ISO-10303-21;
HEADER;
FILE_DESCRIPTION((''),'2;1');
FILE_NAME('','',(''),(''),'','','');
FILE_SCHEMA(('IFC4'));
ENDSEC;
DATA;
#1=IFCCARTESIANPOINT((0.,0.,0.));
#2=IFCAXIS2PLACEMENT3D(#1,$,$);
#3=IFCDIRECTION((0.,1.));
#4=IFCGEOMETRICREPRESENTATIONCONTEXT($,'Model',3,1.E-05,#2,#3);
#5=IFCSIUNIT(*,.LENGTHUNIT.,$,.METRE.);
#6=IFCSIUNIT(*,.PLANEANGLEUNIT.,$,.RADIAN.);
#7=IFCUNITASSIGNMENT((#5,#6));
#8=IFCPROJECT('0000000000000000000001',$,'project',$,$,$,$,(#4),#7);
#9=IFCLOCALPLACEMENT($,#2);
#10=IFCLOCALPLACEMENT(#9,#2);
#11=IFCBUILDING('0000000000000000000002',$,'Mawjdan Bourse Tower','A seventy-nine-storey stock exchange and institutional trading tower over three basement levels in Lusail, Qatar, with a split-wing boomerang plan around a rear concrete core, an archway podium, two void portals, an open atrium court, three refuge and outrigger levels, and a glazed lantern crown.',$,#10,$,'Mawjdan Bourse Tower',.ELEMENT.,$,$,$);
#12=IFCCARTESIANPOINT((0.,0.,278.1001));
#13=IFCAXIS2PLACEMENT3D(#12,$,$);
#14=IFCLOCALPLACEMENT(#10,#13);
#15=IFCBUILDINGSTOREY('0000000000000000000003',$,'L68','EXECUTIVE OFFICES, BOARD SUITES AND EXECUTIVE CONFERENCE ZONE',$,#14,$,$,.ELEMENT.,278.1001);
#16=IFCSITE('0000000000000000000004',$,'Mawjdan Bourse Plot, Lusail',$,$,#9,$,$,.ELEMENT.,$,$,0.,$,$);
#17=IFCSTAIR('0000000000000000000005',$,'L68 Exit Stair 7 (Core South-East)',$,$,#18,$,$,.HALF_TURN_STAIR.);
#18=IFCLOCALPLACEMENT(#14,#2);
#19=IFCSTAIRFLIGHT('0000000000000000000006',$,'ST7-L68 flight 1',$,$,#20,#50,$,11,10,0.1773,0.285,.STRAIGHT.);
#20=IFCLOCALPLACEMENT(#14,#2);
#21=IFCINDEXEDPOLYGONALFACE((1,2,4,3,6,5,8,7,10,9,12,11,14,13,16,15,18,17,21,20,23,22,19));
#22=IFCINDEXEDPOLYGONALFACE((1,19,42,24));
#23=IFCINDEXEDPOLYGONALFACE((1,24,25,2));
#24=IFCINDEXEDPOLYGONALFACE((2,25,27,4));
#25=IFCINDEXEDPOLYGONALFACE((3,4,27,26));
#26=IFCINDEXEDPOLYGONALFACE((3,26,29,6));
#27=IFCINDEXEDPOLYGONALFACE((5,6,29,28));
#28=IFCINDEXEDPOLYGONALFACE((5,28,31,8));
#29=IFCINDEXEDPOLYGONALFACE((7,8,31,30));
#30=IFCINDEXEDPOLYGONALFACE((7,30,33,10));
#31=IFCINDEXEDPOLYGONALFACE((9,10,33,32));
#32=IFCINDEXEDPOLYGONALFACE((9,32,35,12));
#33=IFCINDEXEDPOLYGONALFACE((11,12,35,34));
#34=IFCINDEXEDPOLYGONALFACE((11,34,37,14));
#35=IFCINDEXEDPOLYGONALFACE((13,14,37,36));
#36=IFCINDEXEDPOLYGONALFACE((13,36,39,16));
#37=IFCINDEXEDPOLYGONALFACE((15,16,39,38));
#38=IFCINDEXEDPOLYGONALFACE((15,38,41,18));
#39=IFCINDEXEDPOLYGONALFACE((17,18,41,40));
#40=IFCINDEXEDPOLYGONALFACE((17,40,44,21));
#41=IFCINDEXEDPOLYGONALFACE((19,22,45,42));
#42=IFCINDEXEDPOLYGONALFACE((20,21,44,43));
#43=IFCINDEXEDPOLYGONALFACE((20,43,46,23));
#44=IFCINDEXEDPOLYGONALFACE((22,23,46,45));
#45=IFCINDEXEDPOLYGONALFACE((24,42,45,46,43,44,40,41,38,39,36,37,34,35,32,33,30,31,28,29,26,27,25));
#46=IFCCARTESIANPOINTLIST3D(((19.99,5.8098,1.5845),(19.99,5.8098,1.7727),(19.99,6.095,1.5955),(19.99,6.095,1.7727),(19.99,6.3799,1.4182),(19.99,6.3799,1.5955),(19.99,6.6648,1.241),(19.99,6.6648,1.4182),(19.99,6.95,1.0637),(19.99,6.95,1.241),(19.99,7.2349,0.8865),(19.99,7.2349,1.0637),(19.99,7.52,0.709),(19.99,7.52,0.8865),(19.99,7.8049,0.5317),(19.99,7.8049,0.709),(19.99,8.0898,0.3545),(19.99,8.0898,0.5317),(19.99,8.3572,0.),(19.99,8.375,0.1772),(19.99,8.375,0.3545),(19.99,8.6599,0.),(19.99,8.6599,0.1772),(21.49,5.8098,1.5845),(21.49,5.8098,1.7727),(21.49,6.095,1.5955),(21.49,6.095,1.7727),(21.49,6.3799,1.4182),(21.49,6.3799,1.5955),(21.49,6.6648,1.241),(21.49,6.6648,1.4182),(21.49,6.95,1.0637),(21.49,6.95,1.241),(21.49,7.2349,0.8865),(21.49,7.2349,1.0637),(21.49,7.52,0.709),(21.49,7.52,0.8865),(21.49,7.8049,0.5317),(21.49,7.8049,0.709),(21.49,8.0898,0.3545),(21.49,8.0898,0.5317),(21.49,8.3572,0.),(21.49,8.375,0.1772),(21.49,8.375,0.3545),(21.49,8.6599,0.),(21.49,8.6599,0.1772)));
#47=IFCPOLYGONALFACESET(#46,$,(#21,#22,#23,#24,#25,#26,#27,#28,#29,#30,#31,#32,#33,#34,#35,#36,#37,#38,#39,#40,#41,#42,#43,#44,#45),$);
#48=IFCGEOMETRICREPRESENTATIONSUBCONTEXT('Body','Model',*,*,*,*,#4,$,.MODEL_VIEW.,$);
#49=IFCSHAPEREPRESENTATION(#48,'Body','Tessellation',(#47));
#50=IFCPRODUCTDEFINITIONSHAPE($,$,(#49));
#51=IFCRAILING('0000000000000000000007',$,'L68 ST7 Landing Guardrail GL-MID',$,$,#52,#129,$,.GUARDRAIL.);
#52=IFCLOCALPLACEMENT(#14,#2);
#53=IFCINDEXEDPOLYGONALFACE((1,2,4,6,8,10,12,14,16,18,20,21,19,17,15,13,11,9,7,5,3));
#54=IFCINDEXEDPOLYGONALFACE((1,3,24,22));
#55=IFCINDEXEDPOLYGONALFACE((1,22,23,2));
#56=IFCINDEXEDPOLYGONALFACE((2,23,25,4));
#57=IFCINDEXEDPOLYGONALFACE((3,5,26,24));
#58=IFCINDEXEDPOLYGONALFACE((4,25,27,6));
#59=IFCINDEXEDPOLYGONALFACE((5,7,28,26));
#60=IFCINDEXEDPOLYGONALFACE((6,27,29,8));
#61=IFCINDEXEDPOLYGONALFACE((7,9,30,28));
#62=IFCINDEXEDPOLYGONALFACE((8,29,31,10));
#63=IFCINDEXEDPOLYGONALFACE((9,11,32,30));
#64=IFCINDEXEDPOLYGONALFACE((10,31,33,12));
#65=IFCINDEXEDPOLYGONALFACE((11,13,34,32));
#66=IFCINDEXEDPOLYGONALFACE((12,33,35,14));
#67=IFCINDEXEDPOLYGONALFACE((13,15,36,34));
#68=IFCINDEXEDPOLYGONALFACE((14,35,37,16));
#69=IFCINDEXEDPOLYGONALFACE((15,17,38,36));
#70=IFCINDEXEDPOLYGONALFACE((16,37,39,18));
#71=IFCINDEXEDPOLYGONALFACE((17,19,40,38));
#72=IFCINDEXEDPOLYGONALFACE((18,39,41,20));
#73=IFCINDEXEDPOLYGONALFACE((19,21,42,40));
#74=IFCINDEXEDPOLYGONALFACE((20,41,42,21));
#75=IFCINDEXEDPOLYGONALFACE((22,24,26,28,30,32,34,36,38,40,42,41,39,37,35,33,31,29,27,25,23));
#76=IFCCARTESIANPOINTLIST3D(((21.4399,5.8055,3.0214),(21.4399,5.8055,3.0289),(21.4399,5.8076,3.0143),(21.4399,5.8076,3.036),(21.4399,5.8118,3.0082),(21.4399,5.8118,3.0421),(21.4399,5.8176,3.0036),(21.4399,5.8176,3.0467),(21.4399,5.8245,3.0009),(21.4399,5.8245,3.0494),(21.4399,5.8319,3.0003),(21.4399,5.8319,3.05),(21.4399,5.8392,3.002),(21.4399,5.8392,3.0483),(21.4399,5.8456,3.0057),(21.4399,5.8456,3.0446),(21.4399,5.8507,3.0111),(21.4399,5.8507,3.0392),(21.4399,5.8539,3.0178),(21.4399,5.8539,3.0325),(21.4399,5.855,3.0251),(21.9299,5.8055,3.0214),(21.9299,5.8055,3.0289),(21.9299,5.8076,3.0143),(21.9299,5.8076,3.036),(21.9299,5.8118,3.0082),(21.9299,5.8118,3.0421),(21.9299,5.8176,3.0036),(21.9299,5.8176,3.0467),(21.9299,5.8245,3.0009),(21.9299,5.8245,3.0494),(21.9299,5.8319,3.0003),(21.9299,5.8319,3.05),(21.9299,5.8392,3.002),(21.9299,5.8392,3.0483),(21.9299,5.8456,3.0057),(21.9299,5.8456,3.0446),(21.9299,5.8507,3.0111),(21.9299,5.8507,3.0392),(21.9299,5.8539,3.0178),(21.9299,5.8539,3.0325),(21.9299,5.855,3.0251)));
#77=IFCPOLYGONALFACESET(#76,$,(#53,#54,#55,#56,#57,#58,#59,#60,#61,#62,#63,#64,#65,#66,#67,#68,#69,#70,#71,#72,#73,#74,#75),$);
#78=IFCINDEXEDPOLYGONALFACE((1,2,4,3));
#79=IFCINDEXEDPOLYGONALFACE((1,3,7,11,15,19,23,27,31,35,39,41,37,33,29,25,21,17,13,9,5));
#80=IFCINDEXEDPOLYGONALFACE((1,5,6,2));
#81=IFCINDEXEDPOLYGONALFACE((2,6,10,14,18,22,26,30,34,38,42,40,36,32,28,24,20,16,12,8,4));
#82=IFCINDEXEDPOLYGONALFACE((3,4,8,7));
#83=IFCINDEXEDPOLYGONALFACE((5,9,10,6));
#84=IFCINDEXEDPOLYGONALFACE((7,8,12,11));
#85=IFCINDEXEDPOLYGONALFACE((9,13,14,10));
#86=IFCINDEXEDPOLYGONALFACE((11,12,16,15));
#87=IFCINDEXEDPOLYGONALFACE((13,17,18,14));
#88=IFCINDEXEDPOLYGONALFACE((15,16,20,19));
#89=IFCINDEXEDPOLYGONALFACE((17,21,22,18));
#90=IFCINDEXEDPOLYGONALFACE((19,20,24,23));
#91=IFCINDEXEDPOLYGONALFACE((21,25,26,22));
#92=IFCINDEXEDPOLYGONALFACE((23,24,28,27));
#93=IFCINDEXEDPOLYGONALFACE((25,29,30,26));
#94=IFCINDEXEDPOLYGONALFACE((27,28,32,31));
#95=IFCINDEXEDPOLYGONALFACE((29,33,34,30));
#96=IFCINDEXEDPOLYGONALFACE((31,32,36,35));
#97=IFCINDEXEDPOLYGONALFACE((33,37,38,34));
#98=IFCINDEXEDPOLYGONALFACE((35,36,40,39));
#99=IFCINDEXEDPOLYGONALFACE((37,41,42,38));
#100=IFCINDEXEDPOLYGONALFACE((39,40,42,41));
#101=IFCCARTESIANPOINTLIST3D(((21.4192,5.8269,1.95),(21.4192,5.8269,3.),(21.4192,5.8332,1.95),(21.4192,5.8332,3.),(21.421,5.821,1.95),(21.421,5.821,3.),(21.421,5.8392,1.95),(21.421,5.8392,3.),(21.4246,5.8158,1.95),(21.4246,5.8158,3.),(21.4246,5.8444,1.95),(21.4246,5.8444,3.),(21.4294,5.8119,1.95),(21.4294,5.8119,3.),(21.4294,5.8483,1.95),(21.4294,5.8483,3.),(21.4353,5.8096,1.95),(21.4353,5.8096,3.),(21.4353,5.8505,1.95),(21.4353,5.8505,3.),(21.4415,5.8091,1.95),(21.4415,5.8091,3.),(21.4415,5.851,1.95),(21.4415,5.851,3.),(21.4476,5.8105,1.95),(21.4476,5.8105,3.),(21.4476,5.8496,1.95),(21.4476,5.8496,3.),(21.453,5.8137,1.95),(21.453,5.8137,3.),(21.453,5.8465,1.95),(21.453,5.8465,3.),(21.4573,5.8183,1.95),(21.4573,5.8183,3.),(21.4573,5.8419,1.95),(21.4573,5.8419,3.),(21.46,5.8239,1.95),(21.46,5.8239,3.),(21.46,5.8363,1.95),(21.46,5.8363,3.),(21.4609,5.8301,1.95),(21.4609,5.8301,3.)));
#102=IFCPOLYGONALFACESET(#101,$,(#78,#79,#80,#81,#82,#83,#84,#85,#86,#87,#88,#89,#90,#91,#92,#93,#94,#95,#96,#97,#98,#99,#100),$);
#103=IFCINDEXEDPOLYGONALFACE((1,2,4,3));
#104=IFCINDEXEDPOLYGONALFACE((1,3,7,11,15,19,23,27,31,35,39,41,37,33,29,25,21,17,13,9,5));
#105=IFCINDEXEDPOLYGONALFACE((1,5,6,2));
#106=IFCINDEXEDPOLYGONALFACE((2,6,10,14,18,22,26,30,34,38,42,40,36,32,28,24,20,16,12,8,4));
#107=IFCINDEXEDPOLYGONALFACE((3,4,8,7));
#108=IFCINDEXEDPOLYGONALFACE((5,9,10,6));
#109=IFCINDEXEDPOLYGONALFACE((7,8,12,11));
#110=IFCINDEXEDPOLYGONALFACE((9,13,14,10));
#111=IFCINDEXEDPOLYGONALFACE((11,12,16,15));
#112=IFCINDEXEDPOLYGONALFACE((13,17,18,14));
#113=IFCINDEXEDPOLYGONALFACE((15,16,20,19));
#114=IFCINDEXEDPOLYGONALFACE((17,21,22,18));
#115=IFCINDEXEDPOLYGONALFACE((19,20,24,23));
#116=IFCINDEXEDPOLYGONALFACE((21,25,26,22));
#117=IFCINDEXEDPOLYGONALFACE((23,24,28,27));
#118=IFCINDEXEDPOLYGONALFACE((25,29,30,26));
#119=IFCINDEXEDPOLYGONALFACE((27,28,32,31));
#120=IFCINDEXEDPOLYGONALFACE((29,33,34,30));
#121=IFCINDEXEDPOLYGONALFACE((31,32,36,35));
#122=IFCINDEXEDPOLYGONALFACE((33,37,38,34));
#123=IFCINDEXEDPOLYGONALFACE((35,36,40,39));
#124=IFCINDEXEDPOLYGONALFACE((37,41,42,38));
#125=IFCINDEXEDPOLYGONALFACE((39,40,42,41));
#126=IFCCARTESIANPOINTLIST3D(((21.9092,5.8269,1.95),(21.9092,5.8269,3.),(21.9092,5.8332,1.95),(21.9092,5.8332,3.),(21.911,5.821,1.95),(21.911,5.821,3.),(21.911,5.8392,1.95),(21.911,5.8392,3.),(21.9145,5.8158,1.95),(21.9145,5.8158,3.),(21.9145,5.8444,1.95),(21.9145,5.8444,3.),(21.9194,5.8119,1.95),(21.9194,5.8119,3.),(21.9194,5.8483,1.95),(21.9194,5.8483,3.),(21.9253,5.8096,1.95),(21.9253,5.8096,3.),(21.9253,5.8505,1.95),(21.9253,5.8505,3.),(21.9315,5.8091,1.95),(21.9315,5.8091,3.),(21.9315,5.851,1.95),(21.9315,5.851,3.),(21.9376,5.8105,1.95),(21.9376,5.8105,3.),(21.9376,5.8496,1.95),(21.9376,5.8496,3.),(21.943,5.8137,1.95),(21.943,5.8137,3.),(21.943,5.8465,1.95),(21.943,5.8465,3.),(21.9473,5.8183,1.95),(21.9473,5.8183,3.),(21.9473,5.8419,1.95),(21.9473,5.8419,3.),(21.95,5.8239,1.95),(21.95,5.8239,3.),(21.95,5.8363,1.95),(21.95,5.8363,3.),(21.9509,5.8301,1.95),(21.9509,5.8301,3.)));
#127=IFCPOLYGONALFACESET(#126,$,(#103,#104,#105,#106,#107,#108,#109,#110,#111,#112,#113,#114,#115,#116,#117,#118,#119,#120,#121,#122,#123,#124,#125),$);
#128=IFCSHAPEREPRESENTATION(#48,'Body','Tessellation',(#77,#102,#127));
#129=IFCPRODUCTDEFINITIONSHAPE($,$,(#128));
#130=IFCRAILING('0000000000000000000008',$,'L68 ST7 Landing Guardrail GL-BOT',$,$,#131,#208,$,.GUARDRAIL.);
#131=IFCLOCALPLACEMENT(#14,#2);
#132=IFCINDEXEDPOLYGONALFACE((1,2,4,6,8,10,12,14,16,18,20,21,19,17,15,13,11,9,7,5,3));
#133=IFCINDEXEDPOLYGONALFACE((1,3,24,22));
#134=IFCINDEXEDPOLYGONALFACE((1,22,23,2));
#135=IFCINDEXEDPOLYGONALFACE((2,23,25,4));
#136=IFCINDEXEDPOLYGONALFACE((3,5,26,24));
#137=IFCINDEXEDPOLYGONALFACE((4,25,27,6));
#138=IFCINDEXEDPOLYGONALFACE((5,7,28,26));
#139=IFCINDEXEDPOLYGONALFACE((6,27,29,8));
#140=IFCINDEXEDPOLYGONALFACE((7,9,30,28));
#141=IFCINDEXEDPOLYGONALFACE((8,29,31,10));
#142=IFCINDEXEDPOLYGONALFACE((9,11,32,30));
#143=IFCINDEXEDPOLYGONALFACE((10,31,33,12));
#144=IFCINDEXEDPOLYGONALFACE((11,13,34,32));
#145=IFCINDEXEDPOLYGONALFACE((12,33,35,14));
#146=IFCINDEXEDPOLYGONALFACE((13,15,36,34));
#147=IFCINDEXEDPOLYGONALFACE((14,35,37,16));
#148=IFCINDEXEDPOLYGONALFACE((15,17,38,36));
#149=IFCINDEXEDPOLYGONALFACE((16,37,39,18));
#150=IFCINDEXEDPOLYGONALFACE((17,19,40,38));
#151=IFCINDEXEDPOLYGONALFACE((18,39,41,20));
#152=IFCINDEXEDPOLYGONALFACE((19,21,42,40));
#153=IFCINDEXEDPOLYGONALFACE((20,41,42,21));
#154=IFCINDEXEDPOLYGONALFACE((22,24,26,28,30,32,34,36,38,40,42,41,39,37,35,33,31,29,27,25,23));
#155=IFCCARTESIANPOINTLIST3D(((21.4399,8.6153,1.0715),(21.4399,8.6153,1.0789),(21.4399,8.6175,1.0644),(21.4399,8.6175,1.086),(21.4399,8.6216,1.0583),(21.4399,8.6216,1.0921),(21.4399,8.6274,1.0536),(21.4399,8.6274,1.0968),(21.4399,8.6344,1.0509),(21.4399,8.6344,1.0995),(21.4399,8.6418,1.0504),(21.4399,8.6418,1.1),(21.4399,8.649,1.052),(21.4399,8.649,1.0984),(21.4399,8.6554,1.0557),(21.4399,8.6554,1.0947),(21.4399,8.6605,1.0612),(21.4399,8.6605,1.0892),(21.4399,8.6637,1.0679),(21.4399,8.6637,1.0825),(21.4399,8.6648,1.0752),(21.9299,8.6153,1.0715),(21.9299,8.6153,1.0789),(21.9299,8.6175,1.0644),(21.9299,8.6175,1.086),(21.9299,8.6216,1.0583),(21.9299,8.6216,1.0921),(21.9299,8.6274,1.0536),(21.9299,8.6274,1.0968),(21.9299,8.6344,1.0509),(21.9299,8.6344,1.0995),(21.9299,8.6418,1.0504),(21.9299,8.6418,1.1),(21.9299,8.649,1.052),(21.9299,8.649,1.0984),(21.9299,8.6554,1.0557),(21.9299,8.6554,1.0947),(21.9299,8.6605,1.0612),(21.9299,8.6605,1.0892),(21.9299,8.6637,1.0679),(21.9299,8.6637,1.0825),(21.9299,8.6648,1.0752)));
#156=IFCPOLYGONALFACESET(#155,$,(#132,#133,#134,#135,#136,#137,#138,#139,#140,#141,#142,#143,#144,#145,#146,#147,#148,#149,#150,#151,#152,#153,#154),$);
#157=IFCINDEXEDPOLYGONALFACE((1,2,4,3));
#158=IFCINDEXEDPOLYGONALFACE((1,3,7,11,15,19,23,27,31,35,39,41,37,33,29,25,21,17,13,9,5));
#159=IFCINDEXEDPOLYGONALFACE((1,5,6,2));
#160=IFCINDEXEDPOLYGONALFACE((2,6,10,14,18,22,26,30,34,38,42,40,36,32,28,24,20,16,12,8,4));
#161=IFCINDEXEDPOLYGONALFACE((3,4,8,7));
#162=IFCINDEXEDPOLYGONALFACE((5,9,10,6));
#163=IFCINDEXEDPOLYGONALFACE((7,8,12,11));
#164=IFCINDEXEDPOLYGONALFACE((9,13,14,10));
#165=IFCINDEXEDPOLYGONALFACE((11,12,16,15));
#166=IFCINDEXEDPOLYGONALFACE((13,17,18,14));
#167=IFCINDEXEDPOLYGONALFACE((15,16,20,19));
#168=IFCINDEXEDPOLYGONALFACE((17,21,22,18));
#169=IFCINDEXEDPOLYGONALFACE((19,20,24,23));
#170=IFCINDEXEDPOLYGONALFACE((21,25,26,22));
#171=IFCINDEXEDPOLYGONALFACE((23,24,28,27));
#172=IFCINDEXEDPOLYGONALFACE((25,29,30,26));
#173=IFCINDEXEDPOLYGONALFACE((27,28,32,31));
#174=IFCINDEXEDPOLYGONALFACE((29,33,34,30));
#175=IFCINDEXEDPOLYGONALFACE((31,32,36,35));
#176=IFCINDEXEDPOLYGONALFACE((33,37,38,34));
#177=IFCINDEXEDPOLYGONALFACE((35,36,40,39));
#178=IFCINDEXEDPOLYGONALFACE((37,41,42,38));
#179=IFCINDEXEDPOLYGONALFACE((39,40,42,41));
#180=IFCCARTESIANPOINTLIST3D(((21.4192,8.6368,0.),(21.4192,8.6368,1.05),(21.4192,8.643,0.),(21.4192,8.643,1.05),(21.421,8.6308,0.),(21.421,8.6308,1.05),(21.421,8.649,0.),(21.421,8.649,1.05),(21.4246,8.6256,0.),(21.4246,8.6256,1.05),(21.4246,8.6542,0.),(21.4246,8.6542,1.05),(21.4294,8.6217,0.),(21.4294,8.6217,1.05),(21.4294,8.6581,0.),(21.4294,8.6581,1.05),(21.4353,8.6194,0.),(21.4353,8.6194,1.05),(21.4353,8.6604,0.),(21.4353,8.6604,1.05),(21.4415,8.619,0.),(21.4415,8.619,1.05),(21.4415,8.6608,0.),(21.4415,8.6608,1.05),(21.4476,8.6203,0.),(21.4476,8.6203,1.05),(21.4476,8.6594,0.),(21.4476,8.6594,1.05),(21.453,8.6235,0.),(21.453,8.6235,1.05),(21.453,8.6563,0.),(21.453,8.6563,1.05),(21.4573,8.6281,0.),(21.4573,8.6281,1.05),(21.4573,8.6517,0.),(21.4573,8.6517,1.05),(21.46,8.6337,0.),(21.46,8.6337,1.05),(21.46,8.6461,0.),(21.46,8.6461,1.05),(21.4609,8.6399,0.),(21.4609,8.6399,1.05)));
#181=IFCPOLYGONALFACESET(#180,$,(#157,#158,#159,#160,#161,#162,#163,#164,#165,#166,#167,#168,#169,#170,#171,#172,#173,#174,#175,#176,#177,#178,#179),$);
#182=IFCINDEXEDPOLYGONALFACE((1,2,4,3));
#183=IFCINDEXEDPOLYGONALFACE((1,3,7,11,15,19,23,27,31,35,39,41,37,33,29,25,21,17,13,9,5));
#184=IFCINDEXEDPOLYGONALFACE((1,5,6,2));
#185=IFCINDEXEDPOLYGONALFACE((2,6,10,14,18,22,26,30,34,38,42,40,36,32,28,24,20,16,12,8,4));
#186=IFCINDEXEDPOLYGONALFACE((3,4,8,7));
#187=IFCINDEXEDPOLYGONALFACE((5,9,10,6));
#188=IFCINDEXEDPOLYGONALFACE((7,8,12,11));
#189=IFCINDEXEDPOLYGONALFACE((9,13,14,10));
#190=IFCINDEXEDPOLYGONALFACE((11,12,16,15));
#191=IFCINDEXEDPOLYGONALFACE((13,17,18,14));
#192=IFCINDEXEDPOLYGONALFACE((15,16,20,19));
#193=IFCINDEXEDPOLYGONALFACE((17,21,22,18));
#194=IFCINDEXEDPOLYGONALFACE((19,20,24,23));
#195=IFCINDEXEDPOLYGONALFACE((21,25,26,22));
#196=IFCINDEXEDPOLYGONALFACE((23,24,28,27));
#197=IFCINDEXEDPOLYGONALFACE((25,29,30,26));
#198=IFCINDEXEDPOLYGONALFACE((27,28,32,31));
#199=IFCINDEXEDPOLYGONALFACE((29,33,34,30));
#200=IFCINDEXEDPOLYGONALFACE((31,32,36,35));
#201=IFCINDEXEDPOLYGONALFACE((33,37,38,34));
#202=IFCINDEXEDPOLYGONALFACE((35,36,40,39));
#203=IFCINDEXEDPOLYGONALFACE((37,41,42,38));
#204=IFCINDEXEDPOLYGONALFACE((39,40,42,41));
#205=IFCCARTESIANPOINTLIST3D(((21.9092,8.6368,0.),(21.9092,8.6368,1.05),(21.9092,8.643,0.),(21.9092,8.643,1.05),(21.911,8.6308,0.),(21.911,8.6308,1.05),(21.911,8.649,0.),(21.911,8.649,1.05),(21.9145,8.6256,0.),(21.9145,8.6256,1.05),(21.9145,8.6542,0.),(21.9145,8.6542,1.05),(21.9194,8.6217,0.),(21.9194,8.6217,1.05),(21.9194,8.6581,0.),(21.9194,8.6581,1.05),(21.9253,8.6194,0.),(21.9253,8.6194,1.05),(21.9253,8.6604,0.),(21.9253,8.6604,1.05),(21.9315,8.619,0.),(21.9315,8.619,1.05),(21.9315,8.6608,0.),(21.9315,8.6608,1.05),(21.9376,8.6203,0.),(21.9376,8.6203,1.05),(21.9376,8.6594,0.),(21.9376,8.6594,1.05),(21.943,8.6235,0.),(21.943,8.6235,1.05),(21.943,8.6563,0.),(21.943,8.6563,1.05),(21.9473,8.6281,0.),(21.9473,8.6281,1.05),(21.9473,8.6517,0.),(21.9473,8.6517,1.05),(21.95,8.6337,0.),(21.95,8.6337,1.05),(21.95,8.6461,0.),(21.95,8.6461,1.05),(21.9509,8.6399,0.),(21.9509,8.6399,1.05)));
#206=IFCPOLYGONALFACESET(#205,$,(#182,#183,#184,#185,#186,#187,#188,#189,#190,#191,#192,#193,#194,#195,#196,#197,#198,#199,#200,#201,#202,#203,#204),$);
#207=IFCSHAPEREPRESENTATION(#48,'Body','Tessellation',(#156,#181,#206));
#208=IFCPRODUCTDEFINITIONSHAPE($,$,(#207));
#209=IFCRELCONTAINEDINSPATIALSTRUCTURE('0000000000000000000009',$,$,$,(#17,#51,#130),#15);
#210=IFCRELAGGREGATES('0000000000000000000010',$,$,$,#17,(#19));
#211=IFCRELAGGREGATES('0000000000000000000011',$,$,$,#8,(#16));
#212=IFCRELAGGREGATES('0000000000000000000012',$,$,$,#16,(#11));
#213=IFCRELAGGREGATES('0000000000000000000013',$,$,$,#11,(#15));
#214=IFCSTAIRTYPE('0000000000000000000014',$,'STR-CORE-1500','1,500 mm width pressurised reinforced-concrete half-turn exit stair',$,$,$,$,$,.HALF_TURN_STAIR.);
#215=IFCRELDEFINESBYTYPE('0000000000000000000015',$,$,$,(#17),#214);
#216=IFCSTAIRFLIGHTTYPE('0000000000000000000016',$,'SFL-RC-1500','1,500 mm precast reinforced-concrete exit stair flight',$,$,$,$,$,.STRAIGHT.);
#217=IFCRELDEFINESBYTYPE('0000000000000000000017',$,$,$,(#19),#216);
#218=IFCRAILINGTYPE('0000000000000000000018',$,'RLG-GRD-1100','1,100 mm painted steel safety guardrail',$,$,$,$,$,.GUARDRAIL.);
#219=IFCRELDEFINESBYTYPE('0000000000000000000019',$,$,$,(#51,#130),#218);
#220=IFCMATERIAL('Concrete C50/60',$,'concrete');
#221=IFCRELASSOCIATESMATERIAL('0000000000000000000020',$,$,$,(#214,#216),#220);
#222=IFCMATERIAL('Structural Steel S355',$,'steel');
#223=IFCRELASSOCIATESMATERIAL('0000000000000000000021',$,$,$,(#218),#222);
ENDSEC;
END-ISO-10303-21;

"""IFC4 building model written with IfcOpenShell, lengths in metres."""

from ifc_helpers import new_model, si_unit, direction, frame, origin, origin_2d, place, context, subcontext, project, spatial, polyline, circle, outline, extrude, material, type_object, element, aggregate, save


model = new_model("IFC4")

# Units and contexts
model_context = context("Model", 3, precision=1e-05, world=origin(), true_north=direction((0.0, 1.0)))
body_context = subcontext(model_context, "Body", "Model", "MODEL_VIEW")
ifc_project = project(units=[si_unit("LENGTHUNIT", "METRE"), si_unit("PLANEANGLEUNIT", "RADIAN")], contexts=[model_context])

# Site, building, storey
site_placement = place(None, origin())
site = spatial("IfcSite", under=ifc_project, at=site_placement, Name="Mawjdan Bourse Plot, Lusail", CompositionType="ELEMENT", RefElevation=0.0)
building_placement = place(site_placement, origin())
building = spatial("IfcBuilding", under=site, at=building_placement, Name="Mawjdan Bourse Tower", Description="A seventy-nine-storey stock exchange and institutional trading tower over three basement levels in Lusail, Qatar, with a split-wing boomerang plan around a rear concrete core, an archway podium, two void portals, an open atrium court, three refuge and outrigger levels, and a glazed lantern crown.", LongName="Mawjdan Bourse Tower", CompositionType="ELEMENT")
storey_placement = place(building_placement, frame((0.0, 0.0, 278.1001)))
storey = spatial("IfcBuildingStorey", under=building, at=storey_placement, Name="L68", Description="EXECUTIVE OFFICES, BOARD SUITES AND EXECUTIVE CONFERENCE ZONE", CompositionType="ELEMENT", Elevation=278.1001)

# Shared definitions
ifc_material_1 = material(Name="Structural Steel S355", Category="steel")

# Shared definitions
ifc_material_2 = material(Name="Concrete C50/60", Category="concrete")

# Stair, stair flight
stair_type = type_object("IfcStairType", Name="STR-CORE-1500", Description="1,500 mm width pressurised reinforced-concrete half-turn exit stair", PredefinedType="HALF_TURN_STAIR", material=ifc_material_2)
stair_placement = place(storey_placement, origin())
stair = element("IfcStair", 1, at=stair_placement, inside=storey, type_object=stair_type, Name="L68 Exit Stair 7 (Core South-East)", PredefinedType="HALF_TURN_STAIR")
stair_flight_type = type_object("IfcStairFlightType", Name="SFL-RC-1500", Description="1,500 mm precast reinforced-concrete exit stair flight", PredefinedType="STRAIGHT", material=ifc_material_2)
stair_flight_placement = place(storey_placement, frame((20.74, 8.6599, 0.0), z_axis=(0.0, 0.0, 1.0), x_axis=(0.0, -1.0, 0.0)))
stair_flight = element("IfcStairFlight", 2, at=stair_flight_placement, type_object=stair_flight_type, Name="ST7-L68 flight 1", NumberOfRisers=11, NumberOfTreads=10, PredefinedType="STRAIGHT", RiserHeight=0.1773, TreadLength=0.285, context=body_context, shape_type="SweptSolid", body=[
    extrude(outline(polyline([(0.0, 0.0), (0.0, 0.1772), (0.2849, 0.1772), (0.2849, 0.3545), (0.5701, 0.3545), (0.5701, 0.5317), (0.855, 0.5317), (0.855, 0.709), (1.1399, 0.709), (1.1399, 0.8865), (1.425, 0.8865), (1.425, 1.0637), (1.71, 1.0637), (1.71, 1.241), (1.9951, 1.241), (1.9951, 1.4182), (2.28, 1.4182), (2.28, 1.5955), (2.5649, 1.5955), (2.5649, 1.7727), (2.8501, 1.7727), (2.8501, 1.95), (2.8501, 1.5845), (0.3027, 0.0), (0.0, 0.0)])), frame((0.0, 0.75, 0.0), z_axis=(0.0, -1.0, 0.0), x_axis=(1.0, 0.0, 0.0)), (0.0, 0.0, 1.0), 1.5),
])
aggregate(stair, [stair_flight])

# Railings
railing_type_1 = type_object("IfcRailingType", Name="RLG-GRD-1100", Description="1,100 mm painted steel safety guardrail", PredefinedType="GUARDRAIL", material=ifc_material_1)
for number, where, name in (
    (3, (21.4399, 5.8301, 1.95), "L68 ST7 Landing Guardrail GL-MID"),
    (4, (21.4399, 8.6399, 0.0), "L68 ST7 Landing Guardrail GL-BOT"),
):
    element("IfcRailing", number, at=place(storey_placement, frame(where)), inside=storey, type_object=railing_type_1, Name=name, PredefinedType="GUARDRAIL", context=body_context, shape_type="SweptSolid", body=[
        extrude(circle(Radius=0.0249, at=origin_2d()), frame((0.0, 0.0, 1.0752), z_axis=(1.0, 0.0, 0.0), x_axis=(0.0, 1.0, 0.0)), (0.0, 0.0, 1.0), 0.49),
        extrude(circle(Radius=0.021, at=origin_2d()), origin(), (0.0, 0.0, 1.0), 1.05),
        extrude(circle(Radius=0.021, at=origin_2d()), frame((0.49, 0.0, 0.0)), (0.0, 0.0, 1.0), 1.05),
    ])

save(model, "model.ifc")
